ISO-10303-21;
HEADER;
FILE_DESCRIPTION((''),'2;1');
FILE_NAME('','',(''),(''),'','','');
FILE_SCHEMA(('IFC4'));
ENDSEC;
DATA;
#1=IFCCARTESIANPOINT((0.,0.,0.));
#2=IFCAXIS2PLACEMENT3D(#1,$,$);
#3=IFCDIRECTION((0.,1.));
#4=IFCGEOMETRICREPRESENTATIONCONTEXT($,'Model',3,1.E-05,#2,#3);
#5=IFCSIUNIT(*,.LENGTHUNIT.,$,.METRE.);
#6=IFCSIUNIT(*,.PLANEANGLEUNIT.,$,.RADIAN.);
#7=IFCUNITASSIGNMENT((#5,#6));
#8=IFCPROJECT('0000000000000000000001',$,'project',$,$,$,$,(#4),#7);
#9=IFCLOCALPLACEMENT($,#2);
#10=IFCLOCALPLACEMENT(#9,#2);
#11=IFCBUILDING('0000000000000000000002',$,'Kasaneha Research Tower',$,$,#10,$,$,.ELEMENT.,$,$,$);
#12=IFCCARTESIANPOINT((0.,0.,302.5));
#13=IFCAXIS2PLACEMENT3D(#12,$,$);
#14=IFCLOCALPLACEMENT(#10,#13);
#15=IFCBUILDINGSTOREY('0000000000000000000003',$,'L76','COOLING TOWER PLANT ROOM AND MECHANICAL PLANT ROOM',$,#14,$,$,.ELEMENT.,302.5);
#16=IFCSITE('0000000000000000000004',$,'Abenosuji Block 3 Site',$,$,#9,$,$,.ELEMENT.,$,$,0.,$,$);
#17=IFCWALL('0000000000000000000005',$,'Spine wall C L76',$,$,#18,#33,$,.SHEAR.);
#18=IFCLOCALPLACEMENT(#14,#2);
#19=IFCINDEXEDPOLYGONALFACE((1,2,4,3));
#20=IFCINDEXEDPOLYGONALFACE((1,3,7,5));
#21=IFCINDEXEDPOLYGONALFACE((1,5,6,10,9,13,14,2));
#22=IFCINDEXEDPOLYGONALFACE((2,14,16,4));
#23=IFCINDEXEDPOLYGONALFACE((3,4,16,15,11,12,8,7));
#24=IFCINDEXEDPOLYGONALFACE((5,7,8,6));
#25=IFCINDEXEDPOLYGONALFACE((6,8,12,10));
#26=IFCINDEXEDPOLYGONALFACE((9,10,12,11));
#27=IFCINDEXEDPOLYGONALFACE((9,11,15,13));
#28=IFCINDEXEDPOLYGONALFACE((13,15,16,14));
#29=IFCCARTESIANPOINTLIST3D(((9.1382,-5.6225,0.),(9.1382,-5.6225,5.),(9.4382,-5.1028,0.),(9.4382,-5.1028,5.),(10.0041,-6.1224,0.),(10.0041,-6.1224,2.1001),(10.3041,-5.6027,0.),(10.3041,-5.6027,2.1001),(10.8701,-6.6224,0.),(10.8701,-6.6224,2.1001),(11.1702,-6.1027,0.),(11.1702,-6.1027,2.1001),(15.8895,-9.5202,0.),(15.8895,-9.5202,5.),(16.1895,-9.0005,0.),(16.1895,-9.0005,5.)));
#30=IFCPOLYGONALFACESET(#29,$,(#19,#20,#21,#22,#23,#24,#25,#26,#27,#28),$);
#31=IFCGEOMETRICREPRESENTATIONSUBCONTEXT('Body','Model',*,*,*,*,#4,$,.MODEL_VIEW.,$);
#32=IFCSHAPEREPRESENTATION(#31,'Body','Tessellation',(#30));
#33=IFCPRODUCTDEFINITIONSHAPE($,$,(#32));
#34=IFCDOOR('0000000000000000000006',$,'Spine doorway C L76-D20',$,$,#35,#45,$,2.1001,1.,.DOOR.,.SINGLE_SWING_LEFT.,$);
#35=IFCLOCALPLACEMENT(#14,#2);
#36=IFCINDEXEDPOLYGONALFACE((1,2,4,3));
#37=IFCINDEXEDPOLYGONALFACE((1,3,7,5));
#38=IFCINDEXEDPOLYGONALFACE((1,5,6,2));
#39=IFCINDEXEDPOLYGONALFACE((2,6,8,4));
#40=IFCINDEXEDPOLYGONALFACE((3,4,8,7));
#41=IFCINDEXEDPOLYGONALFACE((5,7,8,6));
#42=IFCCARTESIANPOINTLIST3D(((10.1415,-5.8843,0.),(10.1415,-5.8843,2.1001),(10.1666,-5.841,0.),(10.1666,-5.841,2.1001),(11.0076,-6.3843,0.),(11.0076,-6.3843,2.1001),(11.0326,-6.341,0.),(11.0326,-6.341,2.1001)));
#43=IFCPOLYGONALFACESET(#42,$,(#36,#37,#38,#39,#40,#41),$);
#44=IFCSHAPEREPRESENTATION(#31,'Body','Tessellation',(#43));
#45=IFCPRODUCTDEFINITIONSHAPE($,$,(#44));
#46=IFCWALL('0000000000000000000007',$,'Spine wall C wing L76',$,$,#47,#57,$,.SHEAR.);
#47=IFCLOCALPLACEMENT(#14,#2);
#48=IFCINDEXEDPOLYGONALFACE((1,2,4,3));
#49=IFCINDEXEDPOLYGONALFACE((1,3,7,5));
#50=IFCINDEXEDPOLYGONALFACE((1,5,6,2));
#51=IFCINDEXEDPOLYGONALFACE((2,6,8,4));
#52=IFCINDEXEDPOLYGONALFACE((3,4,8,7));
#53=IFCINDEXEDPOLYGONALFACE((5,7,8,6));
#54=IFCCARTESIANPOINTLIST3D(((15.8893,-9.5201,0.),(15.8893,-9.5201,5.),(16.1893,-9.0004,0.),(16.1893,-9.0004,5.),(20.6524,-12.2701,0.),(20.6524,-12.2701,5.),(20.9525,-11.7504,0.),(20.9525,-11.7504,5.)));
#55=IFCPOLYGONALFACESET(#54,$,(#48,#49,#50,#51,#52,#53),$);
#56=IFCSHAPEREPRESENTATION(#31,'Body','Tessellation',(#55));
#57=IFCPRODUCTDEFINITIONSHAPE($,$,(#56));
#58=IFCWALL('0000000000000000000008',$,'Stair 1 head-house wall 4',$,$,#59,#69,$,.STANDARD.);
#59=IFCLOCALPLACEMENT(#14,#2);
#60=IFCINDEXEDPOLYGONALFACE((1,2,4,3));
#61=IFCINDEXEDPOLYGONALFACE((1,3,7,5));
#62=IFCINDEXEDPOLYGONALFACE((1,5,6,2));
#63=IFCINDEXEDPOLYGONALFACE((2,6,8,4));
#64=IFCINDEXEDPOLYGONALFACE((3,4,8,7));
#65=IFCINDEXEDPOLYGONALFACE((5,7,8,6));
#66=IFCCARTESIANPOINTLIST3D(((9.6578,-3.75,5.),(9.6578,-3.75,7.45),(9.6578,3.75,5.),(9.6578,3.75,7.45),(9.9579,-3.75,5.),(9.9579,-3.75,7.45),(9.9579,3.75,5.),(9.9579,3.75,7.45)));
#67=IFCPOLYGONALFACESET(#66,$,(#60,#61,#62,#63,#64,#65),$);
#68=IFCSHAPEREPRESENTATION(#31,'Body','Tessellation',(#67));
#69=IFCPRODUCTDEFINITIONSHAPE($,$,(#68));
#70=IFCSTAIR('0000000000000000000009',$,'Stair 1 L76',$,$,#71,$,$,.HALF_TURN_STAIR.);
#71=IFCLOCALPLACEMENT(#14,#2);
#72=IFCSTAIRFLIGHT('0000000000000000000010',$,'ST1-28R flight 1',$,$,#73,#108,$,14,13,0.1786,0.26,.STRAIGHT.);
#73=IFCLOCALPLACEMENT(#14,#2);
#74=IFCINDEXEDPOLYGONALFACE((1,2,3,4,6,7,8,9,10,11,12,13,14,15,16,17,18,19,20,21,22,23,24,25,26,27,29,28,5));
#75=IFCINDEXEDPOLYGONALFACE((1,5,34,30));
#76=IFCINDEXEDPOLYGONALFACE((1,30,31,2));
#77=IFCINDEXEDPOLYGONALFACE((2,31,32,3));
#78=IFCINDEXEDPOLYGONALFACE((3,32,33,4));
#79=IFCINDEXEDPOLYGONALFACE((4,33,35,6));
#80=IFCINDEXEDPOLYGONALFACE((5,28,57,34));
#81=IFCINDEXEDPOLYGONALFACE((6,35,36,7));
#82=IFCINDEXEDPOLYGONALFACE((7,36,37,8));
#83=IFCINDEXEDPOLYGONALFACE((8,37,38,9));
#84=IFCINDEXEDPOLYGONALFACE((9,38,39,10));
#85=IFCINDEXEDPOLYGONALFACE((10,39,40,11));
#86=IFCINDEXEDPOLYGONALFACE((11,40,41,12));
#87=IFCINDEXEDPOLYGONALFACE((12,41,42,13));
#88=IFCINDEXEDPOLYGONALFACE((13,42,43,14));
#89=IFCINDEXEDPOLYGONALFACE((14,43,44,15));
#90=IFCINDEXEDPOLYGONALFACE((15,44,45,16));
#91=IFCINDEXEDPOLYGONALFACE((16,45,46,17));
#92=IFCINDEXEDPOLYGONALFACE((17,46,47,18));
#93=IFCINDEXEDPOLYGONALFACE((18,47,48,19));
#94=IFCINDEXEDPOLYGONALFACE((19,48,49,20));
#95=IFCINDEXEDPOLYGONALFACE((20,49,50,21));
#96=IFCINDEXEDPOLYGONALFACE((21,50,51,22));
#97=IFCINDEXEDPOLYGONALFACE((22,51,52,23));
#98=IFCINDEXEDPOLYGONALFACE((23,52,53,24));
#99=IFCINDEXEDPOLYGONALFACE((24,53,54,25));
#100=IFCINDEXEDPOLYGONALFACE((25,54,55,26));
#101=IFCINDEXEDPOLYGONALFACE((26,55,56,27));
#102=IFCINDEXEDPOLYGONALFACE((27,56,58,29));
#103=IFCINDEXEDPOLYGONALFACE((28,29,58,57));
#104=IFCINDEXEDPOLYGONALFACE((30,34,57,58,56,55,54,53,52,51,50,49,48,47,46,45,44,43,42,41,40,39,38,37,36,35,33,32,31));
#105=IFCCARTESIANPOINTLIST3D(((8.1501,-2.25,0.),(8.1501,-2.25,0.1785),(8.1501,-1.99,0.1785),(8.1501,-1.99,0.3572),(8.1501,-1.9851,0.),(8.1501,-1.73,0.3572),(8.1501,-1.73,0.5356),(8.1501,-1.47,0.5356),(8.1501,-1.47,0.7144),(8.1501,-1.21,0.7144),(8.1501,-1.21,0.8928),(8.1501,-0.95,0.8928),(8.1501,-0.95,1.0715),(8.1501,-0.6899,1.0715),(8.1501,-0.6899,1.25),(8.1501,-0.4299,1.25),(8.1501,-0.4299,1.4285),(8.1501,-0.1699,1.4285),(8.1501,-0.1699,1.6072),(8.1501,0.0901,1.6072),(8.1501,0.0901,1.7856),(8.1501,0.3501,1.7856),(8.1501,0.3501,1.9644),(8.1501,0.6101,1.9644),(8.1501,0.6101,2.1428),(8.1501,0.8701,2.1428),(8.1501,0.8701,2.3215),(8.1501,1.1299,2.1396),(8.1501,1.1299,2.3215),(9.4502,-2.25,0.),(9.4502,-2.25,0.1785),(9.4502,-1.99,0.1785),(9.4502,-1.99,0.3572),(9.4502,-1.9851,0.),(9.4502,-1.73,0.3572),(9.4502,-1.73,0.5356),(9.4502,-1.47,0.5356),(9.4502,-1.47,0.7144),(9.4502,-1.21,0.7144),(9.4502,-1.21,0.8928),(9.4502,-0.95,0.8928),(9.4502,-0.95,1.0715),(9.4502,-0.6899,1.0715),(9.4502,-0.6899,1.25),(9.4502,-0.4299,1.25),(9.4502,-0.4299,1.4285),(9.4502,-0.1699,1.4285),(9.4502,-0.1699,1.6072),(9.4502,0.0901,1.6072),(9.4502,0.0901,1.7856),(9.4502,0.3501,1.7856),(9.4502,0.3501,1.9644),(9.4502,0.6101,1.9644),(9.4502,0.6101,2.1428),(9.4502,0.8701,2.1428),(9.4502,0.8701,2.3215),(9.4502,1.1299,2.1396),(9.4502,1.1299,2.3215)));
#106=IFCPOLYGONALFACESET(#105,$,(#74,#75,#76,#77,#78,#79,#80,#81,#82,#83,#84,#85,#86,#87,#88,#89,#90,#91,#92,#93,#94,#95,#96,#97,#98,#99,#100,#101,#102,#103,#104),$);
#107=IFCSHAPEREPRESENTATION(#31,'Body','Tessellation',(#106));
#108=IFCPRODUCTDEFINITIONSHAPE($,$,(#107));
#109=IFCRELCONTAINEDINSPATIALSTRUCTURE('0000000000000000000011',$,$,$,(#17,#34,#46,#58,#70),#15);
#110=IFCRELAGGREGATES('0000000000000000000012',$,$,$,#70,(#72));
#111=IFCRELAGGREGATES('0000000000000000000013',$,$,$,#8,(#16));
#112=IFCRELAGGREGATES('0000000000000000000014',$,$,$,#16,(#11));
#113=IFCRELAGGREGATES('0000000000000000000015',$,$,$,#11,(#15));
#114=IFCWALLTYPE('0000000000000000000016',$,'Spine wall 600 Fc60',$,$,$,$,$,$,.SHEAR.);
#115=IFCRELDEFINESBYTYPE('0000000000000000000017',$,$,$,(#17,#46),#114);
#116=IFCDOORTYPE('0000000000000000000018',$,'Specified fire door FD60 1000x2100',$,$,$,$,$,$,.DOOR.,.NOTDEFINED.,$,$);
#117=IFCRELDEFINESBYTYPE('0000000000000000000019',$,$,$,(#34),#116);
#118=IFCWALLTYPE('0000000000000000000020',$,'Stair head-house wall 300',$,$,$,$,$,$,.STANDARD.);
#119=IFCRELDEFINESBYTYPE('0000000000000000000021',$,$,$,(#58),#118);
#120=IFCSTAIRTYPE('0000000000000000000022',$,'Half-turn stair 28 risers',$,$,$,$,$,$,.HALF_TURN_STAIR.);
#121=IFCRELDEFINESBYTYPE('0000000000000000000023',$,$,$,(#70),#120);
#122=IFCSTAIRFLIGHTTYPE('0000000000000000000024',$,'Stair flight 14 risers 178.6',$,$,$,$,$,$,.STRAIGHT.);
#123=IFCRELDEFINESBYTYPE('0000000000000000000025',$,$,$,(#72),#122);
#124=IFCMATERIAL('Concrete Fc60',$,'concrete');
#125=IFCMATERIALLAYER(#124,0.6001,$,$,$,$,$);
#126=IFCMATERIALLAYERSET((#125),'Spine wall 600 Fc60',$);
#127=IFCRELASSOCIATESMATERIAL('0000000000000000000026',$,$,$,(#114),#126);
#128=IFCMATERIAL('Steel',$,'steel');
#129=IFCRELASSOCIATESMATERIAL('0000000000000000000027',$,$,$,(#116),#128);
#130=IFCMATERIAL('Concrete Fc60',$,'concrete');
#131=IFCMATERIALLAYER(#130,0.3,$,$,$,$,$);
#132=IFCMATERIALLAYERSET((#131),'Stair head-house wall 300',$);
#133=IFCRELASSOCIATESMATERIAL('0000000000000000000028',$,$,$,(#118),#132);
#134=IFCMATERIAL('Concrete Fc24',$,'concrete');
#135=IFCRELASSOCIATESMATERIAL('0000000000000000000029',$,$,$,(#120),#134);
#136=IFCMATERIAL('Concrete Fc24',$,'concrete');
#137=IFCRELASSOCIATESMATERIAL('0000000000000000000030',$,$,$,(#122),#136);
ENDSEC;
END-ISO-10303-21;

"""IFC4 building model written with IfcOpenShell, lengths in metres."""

from ifc_helpers import new_model, si_unit, direction, frame, frame_2d, origin, place, context, subcontext, project, spatial, polyline, rectangle, outline, extrude, material, layer, layer_set, type_object, element, fill, aggregate, save


model = new_model("IFC4")

# Units and contexts
model_context = context("Model", 3, precision=1e-05, world=origin(), true_north=direction((0.0, 1.0)))
body_context = subcontext(model_context, "Body", "Model", "MODEL_VIEW")
ifc_project = project(units=[si_unit("LENGTHUNIT", "METRE"), si_unit("PLANEANGLEUNIT", "RADIAN")], contexts=[model_context])

# Site, building, storey
site_placement = place(None, origin())
site = spatial("IfcSite", under=ifc_project, at=site_placement, Name="Abenosuji Block 3 Site", CompositionType="ELEMENT", RefElevation=0.0)
building_placement = place(site_placement, origin())
building = spatial("IfcBuilding", under=site, at=building_placement, Name="Kasaneha Research Tower", CompositionType="ELEMENT")
storey_placement = place(building_placement, frame((0.0, 0.0, 302.5)))
storey = spatial("IfcBuildingStorey", under=building, at=storey_placement, Name="L76", Description="COOLING TOWER PLANT ROOM AND MECHANICAL PLANT ROOM", CompositionType="ELEMENT", Elevation=302.5)

# Wall, opening, door
ifc_material_1 = material(Name="Concrete Fc60", Category="concrete")
ifc_layer_1 = layer(ifc_material_1, 0.6001)
ifc_layer_set_1 = layer_set([ifc_layer_1], Name="Spine wall 600 Fc60")
wall_type_1 = type_object("IfcWallType", Name="Spine wall 600 Fc60", PredefinedType="SHEAR", material=ifc_layer_set_1)
wall_1_placement = place(storey_placement, frame((9.2881, -5.3625, 0.0), z_axis=(0.0, 0.0, 1.0), x_axis=(0.866032, -0.499989, 0.0)))
wall_1 = element("IfcWall", 1, at=wall_1_placement, inside=storey, type_object=wall_type_1, Name="Spine wall C L76", PredefinedType="SHEAR", context=body_context, shape_type="SweptSolid", body=[
    extrude(rectangle(XDim=7.7957, YDim=0.6001, at=frame_2d((3.8979, 0.0))), origin(), (0.0, 0.0, 1.0), 5.0),
])
opening_1_placement = place(wall_1_placement, frame((1.0, 0.0, 0.0)))
opening_1 = element("IfcOpeningElement", 2, at=opening_1_placement, cuts=wall_1, PredefinedType="OPENING", context=body_context, shape_type="SweptSolid", body=[
    extrude(rectangle(XDim=1.0, YDim=2.1001, at=frame_2d((0.5, 1.05))), frame((0.0, 0.3101, 0.0), z_axis=(0.0, -1.0, 0.0), x_axis=(1.0, 0.0, 0.0)), (0.0, 0.0, 1.0), 0.6201),
])
ifc_material_2 = material(Name="Steel", Category="steel")
door_type = type_object("IfcDoorType", Name="Specified fire door FD60 1000x2100", OperationType="NOTDEFINED", PredefinedType="DOOR", material=ifc_material_2)
door_placement = place(opening_1_placement, origin())
door = element("IfcDoor", 3, at=door_placement, inside=storey, type_object=door_type, Name="Spine doorway C L76-D20", OperationType="SINGLE_SWING_LEFT", OverallHeight=2.1001, OverallWidth=1.0, PredefinedType="DOOR", context=body_context, shape_type="SweptSolid", body=[
    extrude(rectangle(XDim=1.0, YDim=2.1001, at=frame_2d((0.5, 1.05))), frame((0.0, 0.0249, 0.0), z_axis=(0.0, -1.0, 0.0), x_axis=(1.0, 0.0, 0.0)), (0.0, 0.0, 1.0), 0.05),
])
fill(opening_1, door)

# Walls
wall_2_placement = place(storey_placement, frame((16.0393, -9.2603, 0.0), z_axis=(0.0, 0.0, 1.0), x_axis=(0.866027, -0.499997, 0.0)))
element("IfcWall", 4, at=wall_2_placement, inside=storey, type_object=wall_type_1, Name="Spine wall C wing L76", PredefinedType="SHEAR", context=body_context, shape_type="SweptSolid", body=[
    extrude(rectangle(XDim=5.5, YDim=0.6001, at=frame_2d((2.75, 0.0))), origin(), (0.0, 0.0, 1.0), 5.0),
])
ifc_material_3 = material(Name="Concrete Fc60", Category="concrete")
ifc_layer_2 = layer(ifc_material_3, 0.3)
ifc_layer_set_2 = layer_set([ifc_layer_2], Name="Stair head-house wall 300")
wall_type_2 = type_object("IfcWallType", Name="Stair head-house wall 300", PredefinedType="STANDARD", material=ifc_layer_set_2)
wall_3_placement = place(storey_placement, frame((9.8079, -3.75, 5.0), z_axis=(0.0, 0.0, 1.0), x_axis=(0.0, 1.0, 0.0)))
element("IfcWall", 5, at=wall_3_placement, inside=storey, type_object=wall_type_2, Name="Stair 1 head-house wall 4", PredefinedType="STANDARD", context=body_context, shape_type="SweptSolid", body=[
    extrude(rectangle(XDim=7.5, YDim=0.3, at=frame_2d((3.75, 0.0))), origin(), (0.0, 0.0, 1.0), 2.45),
])

# Stair, stair flight
ifc_material_4 = material(Name="Concrete Fc24", Category="concrete")
stair_type = type_object("IfcStairType", Name="Half-turn stair 28 risers", PredefinedType="HALF_TURN_STAIR", material=ifc_material_4)
stair_placement = place(storey_placement, origin())
stair = element("IfcStair", 6, at=stair_placement, inside=storey, type_object=stair_type, Name="Stair 1 L76", PredefinedType="HALF_TURN_STAIR")
ifc_material_5 = material(Name="Concrete Fc24", Category="concrete")
stair_flight_type = type_object("IfcStairFlightType", Name="Stair flight 14 risers 178.6", PredefinedType="STRAIGHT", material=ifc_material_5)
stair_flight_placement = place(storey_placement, frame((8.8, -2.25, 0.0), z_axis=(0.0, 0.0, 1.0), x_axis=(0.0, 1.0, 0.0)))
stair_flight = element("IfcStairFlight", 7, at=stair_flight_placement, type_object=stair_flight_type, Name="ST1-28R flight 1", NumberOfRisers=14, NumberOfTreads=13, PredefinedType="STRAIGHT", RiserHeight=0.1786, TreadLength=0.26, context=body_context, shape_type="SweptSolid", body=[
    extrude(outline(polyline([(0.0, 0.0), (0.0, 0.1785), (0.26, 0.1785), (0.26, 0.3572), (0.52, 0.3572), (0.52, 0.5356), (0.78, 0.5356), (0.78, 0.7144), (1.04, 0.7144), (1.04, 0.8928), (1.3, 0.8928), (1.3, 1.0715), (1.5601, 1.0715), (1.5601, 1.25), (1.8201, 1.25), (1.8201, 1.4285), (2.0801, 1.4285), (2.0801, 1.6072), (2.3401, 1.6072), (2.3401, 1.7856), (2.6001, 1.7856), (2.6001, 1.9644), (2.8601, 1.9644), (2.8601, 2.1428), (3.1201, 2.1428), (3.1201, 2.3215), (3.3799, 2.3215), (3.3799, 2.5), (3.3799, 2.1396), (0.2649, 0.0), (0.0, 0.0)])), frame((0.0, 0.6499, 0.0), z_axis=(0.0, -1.0, 0.0), x_axis=(1.0, 0.0, 0.0)), (0.0, 0.0, 1.0), 1.3),
])
aggregate(stair, [stair_flight])

save(model, "model.ifc")
